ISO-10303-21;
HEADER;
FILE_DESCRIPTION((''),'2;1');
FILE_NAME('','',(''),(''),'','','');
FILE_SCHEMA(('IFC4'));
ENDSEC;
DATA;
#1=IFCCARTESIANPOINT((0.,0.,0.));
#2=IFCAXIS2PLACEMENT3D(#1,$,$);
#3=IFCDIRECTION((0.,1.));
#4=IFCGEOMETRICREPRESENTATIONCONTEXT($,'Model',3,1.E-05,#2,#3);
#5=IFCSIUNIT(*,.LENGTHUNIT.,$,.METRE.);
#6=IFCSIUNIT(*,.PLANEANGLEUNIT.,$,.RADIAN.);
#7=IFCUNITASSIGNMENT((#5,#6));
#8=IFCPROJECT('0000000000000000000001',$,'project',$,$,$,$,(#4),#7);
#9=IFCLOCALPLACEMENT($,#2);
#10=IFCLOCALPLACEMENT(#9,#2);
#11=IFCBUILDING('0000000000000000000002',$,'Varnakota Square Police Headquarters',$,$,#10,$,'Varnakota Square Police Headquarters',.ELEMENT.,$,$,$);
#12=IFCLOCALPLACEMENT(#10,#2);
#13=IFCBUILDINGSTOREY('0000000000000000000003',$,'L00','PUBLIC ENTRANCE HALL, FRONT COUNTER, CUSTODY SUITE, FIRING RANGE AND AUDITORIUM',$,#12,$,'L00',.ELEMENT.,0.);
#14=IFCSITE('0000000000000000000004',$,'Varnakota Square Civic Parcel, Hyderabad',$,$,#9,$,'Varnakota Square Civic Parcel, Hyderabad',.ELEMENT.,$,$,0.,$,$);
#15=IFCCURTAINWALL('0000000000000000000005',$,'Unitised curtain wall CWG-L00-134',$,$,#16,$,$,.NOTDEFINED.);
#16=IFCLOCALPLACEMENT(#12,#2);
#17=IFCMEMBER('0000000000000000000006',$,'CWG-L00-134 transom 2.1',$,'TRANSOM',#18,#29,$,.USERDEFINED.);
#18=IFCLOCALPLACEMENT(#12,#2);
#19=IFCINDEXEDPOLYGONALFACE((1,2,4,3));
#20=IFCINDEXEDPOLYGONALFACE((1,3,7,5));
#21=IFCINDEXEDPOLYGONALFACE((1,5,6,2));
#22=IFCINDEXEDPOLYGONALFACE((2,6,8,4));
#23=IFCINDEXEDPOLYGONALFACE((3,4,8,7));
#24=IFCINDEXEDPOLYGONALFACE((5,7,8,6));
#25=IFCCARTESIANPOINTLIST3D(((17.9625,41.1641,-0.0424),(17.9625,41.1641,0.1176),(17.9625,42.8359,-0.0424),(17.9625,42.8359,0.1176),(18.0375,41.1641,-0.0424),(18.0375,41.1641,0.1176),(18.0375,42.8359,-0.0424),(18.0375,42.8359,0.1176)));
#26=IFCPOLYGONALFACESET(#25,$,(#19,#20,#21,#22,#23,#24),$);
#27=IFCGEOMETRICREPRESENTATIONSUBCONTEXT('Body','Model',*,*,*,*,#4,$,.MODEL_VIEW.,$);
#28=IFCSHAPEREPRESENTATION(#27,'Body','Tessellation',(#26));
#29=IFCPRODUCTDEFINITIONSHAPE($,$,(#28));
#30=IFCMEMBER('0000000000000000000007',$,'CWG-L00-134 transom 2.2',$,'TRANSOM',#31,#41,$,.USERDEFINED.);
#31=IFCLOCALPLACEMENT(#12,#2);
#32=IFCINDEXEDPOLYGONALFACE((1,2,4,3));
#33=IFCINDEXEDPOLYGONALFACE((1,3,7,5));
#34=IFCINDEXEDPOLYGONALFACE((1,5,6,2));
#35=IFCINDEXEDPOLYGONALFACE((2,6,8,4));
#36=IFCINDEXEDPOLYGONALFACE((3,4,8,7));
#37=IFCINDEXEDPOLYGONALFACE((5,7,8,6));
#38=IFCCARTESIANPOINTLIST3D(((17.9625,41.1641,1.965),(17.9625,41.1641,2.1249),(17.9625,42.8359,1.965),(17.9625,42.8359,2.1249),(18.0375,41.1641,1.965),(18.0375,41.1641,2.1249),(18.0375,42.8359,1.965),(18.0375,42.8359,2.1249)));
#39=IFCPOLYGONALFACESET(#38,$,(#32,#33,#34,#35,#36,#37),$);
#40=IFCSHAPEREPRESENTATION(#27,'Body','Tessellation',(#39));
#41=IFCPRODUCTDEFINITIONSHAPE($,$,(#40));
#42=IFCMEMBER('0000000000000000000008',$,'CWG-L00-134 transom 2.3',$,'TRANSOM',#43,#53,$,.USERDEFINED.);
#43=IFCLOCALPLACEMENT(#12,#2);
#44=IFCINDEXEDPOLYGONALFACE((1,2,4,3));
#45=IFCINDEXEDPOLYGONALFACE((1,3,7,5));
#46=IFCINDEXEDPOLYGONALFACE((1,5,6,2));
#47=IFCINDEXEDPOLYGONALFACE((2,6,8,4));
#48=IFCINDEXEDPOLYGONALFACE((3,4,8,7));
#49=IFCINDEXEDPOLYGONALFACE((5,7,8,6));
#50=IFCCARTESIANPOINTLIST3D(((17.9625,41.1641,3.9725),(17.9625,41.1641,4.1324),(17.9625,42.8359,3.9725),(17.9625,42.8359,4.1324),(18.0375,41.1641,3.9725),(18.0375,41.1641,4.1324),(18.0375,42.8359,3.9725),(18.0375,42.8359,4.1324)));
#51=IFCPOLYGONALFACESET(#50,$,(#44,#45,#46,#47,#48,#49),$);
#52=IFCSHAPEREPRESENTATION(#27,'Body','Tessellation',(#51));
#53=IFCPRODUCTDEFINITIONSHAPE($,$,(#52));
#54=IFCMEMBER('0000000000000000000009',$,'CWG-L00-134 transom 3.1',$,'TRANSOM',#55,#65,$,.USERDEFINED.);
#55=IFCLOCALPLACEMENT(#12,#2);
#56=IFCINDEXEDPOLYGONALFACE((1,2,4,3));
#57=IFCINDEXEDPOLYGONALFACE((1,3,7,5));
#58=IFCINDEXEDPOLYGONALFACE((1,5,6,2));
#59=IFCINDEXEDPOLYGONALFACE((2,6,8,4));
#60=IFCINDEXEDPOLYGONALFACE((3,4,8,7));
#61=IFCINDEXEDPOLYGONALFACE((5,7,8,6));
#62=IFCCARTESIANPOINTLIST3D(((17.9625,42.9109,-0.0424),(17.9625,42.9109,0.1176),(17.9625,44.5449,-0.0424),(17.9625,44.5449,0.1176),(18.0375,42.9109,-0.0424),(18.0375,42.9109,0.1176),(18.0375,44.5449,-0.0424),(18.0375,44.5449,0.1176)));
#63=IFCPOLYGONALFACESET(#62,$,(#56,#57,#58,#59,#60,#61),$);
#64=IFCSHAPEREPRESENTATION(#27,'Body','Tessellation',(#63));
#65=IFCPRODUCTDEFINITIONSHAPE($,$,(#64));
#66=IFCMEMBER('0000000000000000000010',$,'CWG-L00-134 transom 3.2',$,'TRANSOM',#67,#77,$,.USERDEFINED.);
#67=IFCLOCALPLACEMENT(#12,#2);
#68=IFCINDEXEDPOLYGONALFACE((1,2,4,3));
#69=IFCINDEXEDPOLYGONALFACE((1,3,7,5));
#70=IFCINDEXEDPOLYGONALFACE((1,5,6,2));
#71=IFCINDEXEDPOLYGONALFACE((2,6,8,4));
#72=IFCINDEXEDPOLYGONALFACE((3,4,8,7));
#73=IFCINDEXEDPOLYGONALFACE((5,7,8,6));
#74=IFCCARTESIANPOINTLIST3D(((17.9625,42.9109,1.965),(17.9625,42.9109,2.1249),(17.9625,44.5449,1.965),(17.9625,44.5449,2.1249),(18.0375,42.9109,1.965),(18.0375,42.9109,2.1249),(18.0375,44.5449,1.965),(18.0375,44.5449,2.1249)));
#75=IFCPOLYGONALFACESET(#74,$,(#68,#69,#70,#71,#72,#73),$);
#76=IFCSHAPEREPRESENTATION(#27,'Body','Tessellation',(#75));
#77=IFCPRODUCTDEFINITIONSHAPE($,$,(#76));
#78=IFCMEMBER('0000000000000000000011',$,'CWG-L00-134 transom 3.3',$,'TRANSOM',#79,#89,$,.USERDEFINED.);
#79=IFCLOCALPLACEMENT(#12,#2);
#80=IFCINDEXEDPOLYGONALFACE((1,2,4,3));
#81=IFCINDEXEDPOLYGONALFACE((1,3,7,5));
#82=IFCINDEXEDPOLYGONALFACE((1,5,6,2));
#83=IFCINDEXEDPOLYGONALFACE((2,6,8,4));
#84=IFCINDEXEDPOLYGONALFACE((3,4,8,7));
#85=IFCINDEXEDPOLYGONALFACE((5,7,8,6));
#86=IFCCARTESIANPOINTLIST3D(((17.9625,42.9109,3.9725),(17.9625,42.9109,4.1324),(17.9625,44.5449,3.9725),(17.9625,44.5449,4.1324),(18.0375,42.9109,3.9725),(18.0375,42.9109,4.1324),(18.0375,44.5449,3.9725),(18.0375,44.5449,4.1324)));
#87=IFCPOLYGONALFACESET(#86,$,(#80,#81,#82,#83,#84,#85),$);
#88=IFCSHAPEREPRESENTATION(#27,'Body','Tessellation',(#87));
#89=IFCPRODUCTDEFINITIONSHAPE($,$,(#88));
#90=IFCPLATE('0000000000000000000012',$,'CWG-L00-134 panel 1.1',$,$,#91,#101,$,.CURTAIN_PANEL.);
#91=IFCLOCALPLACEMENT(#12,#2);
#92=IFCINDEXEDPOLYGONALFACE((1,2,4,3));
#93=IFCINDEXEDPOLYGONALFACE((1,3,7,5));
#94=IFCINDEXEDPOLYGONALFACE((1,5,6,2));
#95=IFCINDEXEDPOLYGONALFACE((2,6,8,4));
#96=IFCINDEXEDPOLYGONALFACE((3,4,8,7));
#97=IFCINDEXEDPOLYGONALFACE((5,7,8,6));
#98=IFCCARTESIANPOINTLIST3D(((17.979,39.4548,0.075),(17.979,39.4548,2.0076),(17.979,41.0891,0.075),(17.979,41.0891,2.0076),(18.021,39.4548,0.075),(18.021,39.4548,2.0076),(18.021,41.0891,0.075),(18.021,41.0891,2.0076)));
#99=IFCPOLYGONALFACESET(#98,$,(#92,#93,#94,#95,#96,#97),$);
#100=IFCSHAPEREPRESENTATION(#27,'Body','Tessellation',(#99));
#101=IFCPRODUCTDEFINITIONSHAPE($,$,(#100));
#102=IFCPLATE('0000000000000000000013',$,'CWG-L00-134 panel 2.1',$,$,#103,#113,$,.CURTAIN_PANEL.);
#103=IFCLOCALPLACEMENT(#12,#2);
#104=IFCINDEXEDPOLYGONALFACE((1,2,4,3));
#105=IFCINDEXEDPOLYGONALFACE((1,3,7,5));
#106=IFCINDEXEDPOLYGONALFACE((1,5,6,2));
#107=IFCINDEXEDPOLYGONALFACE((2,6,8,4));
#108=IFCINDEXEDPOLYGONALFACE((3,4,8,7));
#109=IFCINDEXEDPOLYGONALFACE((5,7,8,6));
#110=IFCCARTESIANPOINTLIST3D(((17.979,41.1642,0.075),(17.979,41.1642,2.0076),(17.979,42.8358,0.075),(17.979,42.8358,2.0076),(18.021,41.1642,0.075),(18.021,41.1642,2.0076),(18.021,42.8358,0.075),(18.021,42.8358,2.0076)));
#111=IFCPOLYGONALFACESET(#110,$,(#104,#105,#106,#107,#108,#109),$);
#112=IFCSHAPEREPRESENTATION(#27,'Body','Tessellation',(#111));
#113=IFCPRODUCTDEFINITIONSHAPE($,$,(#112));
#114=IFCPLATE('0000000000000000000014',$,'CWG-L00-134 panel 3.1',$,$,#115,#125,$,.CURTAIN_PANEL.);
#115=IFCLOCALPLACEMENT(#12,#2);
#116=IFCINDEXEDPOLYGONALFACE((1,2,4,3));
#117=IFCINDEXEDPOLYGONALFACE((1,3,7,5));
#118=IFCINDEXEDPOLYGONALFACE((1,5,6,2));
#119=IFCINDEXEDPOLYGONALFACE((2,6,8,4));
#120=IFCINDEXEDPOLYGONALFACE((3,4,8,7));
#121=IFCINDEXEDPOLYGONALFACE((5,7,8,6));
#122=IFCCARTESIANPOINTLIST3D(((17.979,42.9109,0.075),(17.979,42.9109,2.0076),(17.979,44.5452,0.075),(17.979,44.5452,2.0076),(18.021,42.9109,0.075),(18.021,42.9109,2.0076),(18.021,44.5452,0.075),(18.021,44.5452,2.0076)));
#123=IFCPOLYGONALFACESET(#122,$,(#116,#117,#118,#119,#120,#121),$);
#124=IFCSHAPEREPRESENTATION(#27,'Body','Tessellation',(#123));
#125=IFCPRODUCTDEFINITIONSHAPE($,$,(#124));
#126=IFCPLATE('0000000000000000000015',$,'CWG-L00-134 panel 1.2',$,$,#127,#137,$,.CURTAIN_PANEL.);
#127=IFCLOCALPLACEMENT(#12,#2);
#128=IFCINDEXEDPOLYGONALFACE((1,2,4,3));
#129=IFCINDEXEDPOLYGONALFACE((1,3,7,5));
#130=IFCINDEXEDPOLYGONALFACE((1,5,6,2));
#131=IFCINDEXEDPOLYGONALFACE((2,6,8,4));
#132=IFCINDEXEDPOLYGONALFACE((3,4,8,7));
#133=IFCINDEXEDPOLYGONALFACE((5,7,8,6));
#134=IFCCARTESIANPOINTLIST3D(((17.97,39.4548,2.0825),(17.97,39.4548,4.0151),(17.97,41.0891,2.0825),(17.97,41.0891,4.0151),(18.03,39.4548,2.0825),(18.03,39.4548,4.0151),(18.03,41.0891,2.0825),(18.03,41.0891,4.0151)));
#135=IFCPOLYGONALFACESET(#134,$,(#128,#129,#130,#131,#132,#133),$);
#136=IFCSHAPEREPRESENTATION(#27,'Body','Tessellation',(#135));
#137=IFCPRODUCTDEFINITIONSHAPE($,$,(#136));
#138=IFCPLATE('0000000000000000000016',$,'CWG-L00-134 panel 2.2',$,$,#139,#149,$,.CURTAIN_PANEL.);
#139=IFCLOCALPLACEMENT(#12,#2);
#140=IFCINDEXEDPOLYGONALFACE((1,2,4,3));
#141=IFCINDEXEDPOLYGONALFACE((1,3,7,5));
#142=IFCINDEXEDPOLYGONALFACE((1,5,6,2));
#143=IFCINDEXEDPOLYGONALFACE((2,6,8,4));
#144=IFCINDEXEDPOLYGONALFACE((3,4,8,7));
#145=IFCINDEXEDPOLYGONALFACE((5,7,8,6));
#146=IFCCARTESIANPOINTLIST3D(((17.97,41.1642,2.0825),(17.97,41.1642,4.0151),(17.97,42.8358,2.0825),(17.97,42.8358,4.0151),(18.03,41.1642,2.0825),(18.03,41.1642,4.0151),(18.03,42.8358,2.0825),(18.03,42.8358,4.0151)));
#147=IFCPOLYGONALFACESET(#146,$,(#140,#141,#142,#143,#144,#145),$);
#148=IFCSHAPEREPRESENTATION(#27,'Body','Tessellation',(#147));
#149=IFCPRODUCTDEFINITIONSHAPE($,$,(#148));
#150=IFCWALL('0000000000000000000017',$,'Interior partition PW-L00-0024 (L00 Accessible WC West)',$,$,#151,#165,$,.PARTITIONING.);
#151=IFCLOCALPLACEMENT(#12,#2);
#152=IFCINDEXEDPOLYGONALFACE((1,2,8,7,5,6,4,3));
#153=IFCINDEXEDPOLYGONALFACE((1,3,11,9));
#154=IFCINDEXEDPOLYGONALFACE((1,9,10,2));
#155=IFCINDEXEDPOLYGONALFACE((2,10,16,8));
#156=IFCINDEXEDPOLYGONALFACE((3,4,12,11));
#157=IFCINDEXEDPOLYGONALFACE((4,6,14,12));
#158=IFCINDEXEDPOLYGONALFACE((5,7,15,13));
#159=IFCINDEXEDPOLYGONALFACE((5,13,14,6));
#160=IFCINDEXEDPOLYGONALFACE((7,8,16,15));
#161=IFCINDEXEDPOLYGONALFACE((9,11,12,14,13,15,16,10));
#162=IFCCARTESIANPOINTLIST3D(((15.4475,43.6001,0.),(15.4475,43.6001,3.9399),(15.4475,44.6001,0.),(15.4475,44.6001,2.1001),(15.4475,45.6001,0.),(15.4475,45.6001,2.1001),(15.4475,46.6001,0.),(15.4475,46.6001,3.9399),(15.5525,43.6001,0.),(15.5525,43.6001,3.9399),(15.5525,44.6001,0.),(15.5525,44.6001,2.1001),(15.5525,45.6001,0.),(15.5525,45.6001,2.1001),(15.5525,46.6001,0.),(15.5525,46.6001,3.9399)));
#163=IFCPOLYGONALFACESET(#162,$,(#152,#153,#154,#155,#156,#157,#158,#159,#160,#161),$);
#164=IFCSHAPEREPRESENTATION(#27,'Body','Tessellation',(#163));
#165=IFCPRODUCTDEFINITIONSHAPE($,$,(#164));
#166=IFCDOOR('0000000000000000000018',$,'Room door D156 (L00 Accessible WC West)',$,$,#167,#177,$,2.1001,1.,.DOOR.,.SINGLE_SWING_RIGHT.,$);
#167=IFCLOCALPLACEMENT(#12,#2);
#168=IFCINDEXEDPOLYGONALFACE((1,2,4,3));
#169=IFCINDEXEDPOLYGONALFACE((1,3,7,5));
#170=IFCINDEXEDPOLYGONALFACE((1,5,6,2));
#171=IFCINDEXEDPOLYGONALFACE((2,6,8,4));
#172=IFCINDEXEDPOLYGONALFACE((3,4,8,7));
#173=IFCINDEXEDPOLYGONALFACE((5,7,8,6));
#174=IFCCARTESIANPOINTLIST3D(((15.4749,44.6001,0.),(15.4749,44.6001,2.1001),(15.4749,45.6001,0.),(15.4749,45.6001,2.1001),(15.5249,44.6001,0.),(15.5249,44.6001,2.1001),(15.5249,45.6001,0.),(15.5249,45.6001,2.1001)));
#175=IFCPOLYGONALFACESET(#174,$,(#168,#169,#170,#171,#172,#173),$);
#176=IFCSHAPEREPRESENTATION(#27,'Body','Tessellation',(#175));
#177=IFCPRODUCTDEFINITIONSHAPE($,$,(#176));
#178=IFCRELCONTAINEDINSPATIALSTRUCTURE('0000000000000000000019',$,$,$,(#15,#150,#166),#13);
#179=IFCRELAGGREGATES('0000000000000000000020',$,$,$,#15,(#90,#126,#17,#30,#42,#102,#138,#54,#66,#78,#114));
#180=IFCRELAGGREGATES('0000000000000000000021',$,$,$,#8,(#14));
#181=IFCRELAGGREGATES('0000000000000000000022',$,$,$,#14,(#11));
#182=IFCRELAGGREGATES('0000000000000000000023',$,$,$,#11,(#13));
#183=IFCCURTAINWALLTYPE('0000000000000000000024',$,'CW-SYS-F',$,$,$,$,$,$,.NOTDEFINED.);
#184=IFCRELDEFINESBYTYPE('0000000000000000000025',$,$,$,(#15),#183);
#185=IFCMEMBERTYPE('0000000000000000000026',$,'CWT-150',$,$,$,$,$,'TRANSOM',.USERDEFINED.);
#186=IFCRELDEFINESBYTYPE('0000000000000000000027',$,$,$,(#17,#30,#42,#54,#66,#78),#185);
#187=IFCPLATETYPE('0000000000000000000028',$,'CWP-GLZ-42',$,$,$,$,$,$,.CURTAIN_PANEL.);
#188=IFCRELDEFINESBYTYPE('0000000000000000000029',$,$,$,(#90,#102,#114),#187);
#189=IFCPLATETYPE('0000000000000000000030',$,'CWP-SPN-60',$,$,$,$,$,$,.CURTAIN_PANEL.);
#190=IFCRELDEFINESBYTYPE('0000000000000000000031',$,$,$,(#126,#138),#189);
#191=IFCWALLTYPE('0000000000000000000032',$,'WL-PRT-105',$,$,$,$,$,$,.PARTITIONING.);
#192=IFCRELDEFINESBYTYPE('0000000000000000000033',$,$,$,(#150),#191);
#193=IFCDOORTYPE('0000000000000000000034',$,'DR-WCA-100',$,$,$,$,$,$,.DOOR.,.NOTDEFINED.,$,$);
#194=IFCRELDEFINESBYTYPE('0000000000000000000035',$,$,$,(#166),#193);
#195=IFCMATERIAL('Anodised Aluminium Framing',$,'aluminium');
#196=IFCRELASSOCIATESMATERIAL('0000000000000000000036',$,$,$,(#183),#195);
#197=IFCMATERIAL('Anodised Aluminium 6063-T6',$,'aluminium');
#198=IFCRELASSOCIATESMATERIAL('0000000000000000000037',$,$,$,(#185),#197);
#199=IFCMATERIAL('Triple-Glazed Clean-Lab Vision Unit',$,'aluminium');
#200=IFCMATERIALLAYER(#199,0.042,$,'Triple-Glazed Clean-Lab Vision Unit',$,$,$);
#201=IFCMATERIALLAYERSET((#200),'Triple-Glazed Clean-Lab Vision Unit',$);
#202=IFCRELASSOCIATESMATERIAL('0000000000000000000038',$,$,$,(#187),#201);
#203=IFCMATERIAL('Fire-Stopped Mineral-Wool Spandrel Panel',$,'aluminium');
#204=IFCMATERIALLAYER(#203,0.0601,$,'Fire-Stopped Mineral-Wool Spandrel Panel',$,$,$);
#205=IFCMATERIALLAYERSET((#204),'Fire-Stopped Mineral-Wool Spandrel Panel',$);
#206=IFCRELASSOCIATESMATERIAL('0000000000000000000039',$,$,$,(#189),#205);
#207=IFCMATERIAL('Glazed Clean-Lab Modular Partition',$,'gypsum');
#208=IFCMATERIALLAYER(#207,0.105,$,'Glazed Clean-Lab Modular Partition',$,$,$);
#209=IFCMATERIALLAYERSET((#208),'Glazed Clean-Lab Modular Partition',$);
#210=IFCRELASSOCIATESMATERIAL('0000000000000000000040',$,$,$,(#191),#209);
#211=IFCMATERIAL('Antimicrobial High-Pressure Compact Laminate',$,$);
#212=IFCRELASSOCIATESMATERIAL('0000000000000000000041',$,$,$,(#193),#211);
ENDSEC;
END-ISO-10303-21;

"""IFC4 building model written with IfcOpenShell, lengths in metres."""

from ifc_helpers import new_model, si_unit, direction, frame, frame_2d, origin, origin_2d, place, context, subcontext, project, spatial, rectangle, extrude, material, layer, layer_set, material_profile, profile_set, type_object, element, fill, aggregate, save


model = new_model("IFC4")

# Units and contexts
model_context = context("Model", 3, precision=1e-05, world=origin(), true_north=direction((0.0, 1.0)))
body_context = subcontext(model_context, "Body", "Model", "MODEL_VIEW")
ifc_project = project(units=[si_unit("LENGTHUNIT", "METRE"), si_unit("PLANEANGLEUNIT", "RADIAN")], contexts=[model_context])

# Site, building, storey
site_placement = place(None, origin())
site = spatial("IfcSite", under=ifc_project, at=site_placement, Name="Varnakota Square Civic Parcel, Hyderabad", LongName="Varnakota Square Civic Parcel, Hyderabad", CompositionType="ELEMENT", RefElevation=0.0)
building_placement = place(site_placement, origin())
building = spatial("IfcBuilding", under=site, at=building_placement, Name="Varnakota Square Police Headquarters", LongName="Varnakota Square Police Headquarters", CompositionType="ELEMENT")
storey_placement = place(building_placement, origin())
storey = spatial("IfcBuildingStorey", under=building, at=storey_placement, Name="L00", Description="PUBLIC ENTRANCE HALL, FRONT COUNTER, CUSTODY SUITE, FIRING RANGE AND AUDITORIUM", LongName="L00", CompositionType="ELEMENT", Elevation=0.0)

# Curtain wall, members, plates
ifc_material_1 = material(Name="Anodised Aluminium Framing", Category="aluminium")
curtain_wall_type = type_object("IfcCurtainWallType", Name="CW-SYS-F", PredefinedType="NOTDEFINED", material=ifc_material_1)
curtain_wall_placement = place(storey_placement, origin())
curtain_wall = element("IfcCurtainWall", 1, at=curtain_wall_placement, inside=storey, type_object=curtain_wall_type, Name="Unitised curtain wall CWG-L00-134", PredefinedType="NOTDEFINED")
ifc_material_2 = material(Name="Anodised Aluminium 6063-T6", Category="aluminium")
ifc_material_profile_1 = material_profile(ifc_material_2, rectangle(XDim=0.075, YDim=0.1599, at=origin_2d()), Name="ALU TRANSOM 75x160")
ifc_profile_set_1 = profile_set([ifc_material_profile_1], Name="Anodised Aluminium 6063-T6")
member_type_1 = type_object("IfcMemberType", Name="CWT-150", ElementType="TRANSOM", PredefinedType="USERDEFINED", material=ifc_profile_set_1)
member_1_placement = place(storey_placement, frame((18.0, 41.1641, 0.0376), z_axis=(0.0, 1.0, 0.0), x_axis=(-1.0, 0.0, 0.0)))
member_1 = element("IfcMember", 2, at=member_1_placement, type_object=member_type_1, Name="CWG-L00-134 transom 2.1", ObjectType="TRANSOM", PredefinedType="USERDEFINED", context=body_context, shape_type="SweptSolid", body=[
    extrude(rectangle(XDim=0.075, YDim=0.1599, at=origin_2d()), origin(), (0.0, 0.0, 1.0), 1.6719),
])
member_2_placement = place(storey_placement, frame((18.0, 41.1641, 2.0449), z_axis=(0.0, 1.0, 0.0), x_axis=(-1.0, 0.0, 0.0)))
member_2 = element("IfcMember", 3, at=member_2_placement, type_object=member_type_1, Name="CWG-L00-134 transom 2.2", ObjectType="TRANSOM", PredefinedType="USERDEFINED", context=body_context, shape_type="SweptSolid", body=[
    extrude(rectangle(XDim=0.075, YDim=0.1599, at=origin_2d()), origin(), (0.0, 0.0, 1.0), 1.6719),
])
member_3_placement = place(storey_placement, frame((18.0, 41.1641, 4.0525), z_axis=(0.0, 1.0, 0.0), x_axis=(-1.0, 0.0, 0.0)))
member_3 = element("IfcMember", 4, at=member_3_placement, type_object=member_type_1, Name="CWG-L00-134 transom 2.3", ObjectType="TRANSOM", PredefinedType="USERDEFINED", context=body_context, shape_type="SweptSolid", body=[
    extrude(rectangle(XDim=0.075, YDim=0.1599, at=origin_2d()), origin(), (0.0, 0.0, 1.0), 1.6719),
])
member_4_placement = place(storey_placement, frame((18.0, 42.9109, 0.0376), z_axis=(0.0, 1.0, 0.0), x_axis=(-1.0, 0.0, 0.0)))
member_4 = element("IfcMember", 5, at=member_4_placement, type_object=member_type_1, Name="CWG-L00-134 transom 3.1", ObjectType="TRANSOM", PredefinedType="USERDEFINED", context=body_context, shape_type="SweptSolid", body=[
    extrude(rectangle(XDim=0.075, YDim=0.1599, at=origin_2d()), origin(), (0.0, 0.0, 1.0), 1.634),
])
member_5_placement = place(storey_placement, frame((18.0, 42.9109, 2.0449), z_axis=(0.0, 1.0, 0.0), x_axis=(-1.0, 0.0, 0.0)))
member_5 = element("IfcMember", 6, at=member_5_placement, type_object=member_type_1, Name="CWG-L00-134 transom 3.2", ObjectType="TRANSOM", PredefinedType="USERDEFINED", context=body_context, shape_type="SweptSolid", body=[
    extrude(rectangle(XDim=0.075, YDim=0.1599, at=origin_2d()), origin(), (0.0, 0.0, 1.0), 1.634),
])
member_6_placement = place(storey_placement, frame((18.0, 42.9109, 4.0525), z_axis=(0.0, 1.0, 0.0), x_axis=(-1.0, 0.0, 0.0)))
member_6 = element("IfcMember", 7, at=member_6_placement, type_object=member_type_1, Name="CWG-L00-134 transom 3.3", ObjectType="TRANSOM", PredefinedType="USERDEFINED", context=body_context, shape_type="SweptSolid", body=[
    extrude(rectangle(XDim=0.075, YDim=0.1599, at=origin_2d()), origin(), (0.0, 0.0, 1.0), 1.634),
])
ifc_material_3 = material(Name="Triple-Glazed Clean-Lab Vision Unit", Category="aluminium")
ifc_layer_1 = layer(ifc_material_3, 0.042, Name="Triple-Glazed Clean-Lab Vision Unit")
ifc_layer_set_1 = layer_set([ifc_layer_1], Name="Triple-Glazed Clean-Lab Vision Unit")
plate_type_1 = type_object("IfcPlateType", Name="CWP-GLZ-42", PredefinedType="CURTAIN_PANEL", material=ifc_layer_set_1)
plate_1_placement = place(storey_placement, frame((18.0, 40.272, 0.075), z_axis=(0.0, 0.0, 1.0), x_axis=(0.0, 1.0, 0.0)))
plate_1 = element("IfcPlate", 8, at=plate_1_placement, type_object=plate_type_1, Name="CWG-L00-134 panel 1.1", PredefinedType="CURTAIN_PANEL", context=body_context, shape_type="SweptSolid", body=[
    extrude(rectangle(XDim=1.6343, YDim=0.042, at=origin_2d()), origin(), (0.0, 0.0, 1.0), 1.9326),
])
plate_2_placement = place(storey_placement, frame((18.0, 42.0, 0.075), z_axis=(0.0, 0.0, 1.0), x_axis=(0.0, 1.0, 0.0)))
plate_2 = element("IfcPlate", 9, at=plate_2_placement, type_object=plate_type_1, Name="CWG-L00-134 panel 2.1", PredefinedType="CURTAIN_PANEL", context=body_context, shape_type="SweptSolid", body=[
    extrude(rectangle(XDim=1.6716, YDim=0.042, at=origin_2d()), origin(), (0.0, 0.0, 1.0), 1.9326),
])
plate_3_placement = place(storey_placement, frame((18.0, 43.728, 0.075), z_axis=(0.0, 0.0, 1.0), x_axis=(0.0, 1.0, 0.0)))
plate_3 = element("IfcPlate", 10, at=plate_3_placement, type_object=plate_type_1, Name="CWG-L00-134 panel 3.1", PredefinedType="CURTAIN_PANEL", context=body_context, shape_type="SweptSolid", body=[
    extrude(rectangle(XDim=1.6343, YDim=0.042, at=origin_2d()), origin(), (0.0, 0.0, 1.0), 1.9326),
])
ifc_material_4 = material(Name="Fire-Stopped Mineral-Wool Spandrel Panel", Category="aluminium")
ifc_layer_2 = layer(ifc_material_4, 0.0601, Name="Fire-Stopped Mineral-Wool Spandrel Panel")
ifc_layer_set_2 = layer_set([ifc_layer_2], Name="Fire-Stopped Mineral-Wool Spandrel Panel")
plate_type_2 = type_object("IfcPlateType", Name="CWP-SPN-60", PredefinedType="CURTAIN_PANEL", material=ifc_layer_set_2)
plate_4_placement = place(storey_placement, frame((18.0, 40.272, 2.0825), z_axis=(0.0, 0.0, 1.0), x_axis=(0.0, 1.0, 0.0)))
plate_4 = element("IfcPlate", 11, at=plate_4_placement, type_object=plate_type_2, Name="CWG-L00-134 panel 1.2", PredefinedType="CURTAIN_PANEL", context=body_context, shape_type="SweptSolid", body=[
    extrude(rectangle(XDim=1.6343, YDim=0.0601, at=origin_2d()), origin(), (0.0, 0.0, 1.0), 1.9326),
])
plate_5_placement = place(storey_placement, frame((18.0, 42.0, 2.0825), z_axis=(0.0, 0.0, 1.0), x_axis=(0.0, 1.0, 0.0)))
plate_5 = element("IfcPlate", 12, at=plate_5_placement, type_object=plate_type_2, Name="CWG-L00-134 panel 2.2", PredefinedType="CURTAIN_PANEL", context=body_context, shape_type="SweptSolid", body=[
    extrude(rectangle(XDim=1.6716, YDim=0.0601, at=origin_2d()), origin(), (0.0, 0.0, 1.0), 1.9326),
])
aggregate(curtain_wall, [plate_1, plate_4, member_1, member_2, member_3, plate_2, plate_5, member_4, member_5, member_6, plate_3])

# Wall, opening, door
ifc_material_5 = material(Name="Glazed Clean-Lab Modular Partition", Category="gypsum")
ifc_layer_3 = layer(ifc_material_5, 0.105, Name="Glazed Clean-Lab Modular Partition")
ifc_layer_set_3 = layer_set([ifc_layer_3], Name="Glazed Clean-Lab Modular Partition")
wall_type_1 = type_object("IfcWallType", Name="WL-PRT-105", PredefinedType="PARTITIONING", material=ifc_layer_set_3)
wall_1_placement = place(storey_placement, frame((15.5, 46.6001, 0.0), z_axis=(0.0, 0.0, 1.0), x_axis=(0.0, -1.0, 0.0)))
wall_1 = element("IfcWall", 13, at=wall_1_placement, inside=storey, type_object=wall_type_1, Name="Interior partition PW-L00-0024 (L00 Accessible WC West)", PredefinedType="PARTITIONING", context=body_context, shape_type="SweptSolid", body=[
    extrude(rectangle(XDim=3.0, YDim=0.105, at=frame_2d((1.5, 0.0))), origin(), (0.0, 0.0, 1.0), 3.9399),
])
opening_1_placement = place(wall_1_placement, frame((1.0, 0.0, 0.0)))
opening_1 = element("IfcOpeningElement", 14, at=opening_1_placement, cuts=wall_1, PredefinedType="OPENING", context=body_context, shape_type="SweptSolid", body=[
    extrude(rectangle(XDim=1.0, YDim=2.1001, at=frame_2d((0.5, 1.05))), frame((0.0, 0.0625, 0.0), z_axis=(0.0, -1.0, 0.0), x_axis=(1.0, 0.0, 0.0)), (0.0, 0.0, 1.0), 0.125),
])
ifc_material_6 = material(Name="Antimicrobial High-Pressure Compact Laminate")
door_type_1 = type_object("IfcDoorType", Name="DR-WCA-100", OperationType="NOTDEFINED", PredefinedType="DOOR", material=ifc_material_6)
door_1_placement = place(opening_1_placement, origin())
door_1 = element("IfcDoor", 15, at=door_1_placement, inside=storey, type_object=door_type_1, Name="Room door D156 (L00 Accessible WC West)", OperationType="SINGLE_SWING_RIGHT", OverallHeight=2.1001, OverallWidth=1.0, PredefinedType="DOOR", context=body_context, shape_type="SweptSolid", body=[
    extrude(rectangle(XDim=1.0, YDim=2.1001, at=frame_2d((0.5, 1.05))), frame((0.0, 0.0249, 0.0), z_axis=(0.0, -1.0, 0.0), x_axis=(1.0, 0.0, 0.0)), (0.0, 0.0, 1.0), 0.05),
])
fill(opening_1, door_1)

save(model, "model.ifc")
